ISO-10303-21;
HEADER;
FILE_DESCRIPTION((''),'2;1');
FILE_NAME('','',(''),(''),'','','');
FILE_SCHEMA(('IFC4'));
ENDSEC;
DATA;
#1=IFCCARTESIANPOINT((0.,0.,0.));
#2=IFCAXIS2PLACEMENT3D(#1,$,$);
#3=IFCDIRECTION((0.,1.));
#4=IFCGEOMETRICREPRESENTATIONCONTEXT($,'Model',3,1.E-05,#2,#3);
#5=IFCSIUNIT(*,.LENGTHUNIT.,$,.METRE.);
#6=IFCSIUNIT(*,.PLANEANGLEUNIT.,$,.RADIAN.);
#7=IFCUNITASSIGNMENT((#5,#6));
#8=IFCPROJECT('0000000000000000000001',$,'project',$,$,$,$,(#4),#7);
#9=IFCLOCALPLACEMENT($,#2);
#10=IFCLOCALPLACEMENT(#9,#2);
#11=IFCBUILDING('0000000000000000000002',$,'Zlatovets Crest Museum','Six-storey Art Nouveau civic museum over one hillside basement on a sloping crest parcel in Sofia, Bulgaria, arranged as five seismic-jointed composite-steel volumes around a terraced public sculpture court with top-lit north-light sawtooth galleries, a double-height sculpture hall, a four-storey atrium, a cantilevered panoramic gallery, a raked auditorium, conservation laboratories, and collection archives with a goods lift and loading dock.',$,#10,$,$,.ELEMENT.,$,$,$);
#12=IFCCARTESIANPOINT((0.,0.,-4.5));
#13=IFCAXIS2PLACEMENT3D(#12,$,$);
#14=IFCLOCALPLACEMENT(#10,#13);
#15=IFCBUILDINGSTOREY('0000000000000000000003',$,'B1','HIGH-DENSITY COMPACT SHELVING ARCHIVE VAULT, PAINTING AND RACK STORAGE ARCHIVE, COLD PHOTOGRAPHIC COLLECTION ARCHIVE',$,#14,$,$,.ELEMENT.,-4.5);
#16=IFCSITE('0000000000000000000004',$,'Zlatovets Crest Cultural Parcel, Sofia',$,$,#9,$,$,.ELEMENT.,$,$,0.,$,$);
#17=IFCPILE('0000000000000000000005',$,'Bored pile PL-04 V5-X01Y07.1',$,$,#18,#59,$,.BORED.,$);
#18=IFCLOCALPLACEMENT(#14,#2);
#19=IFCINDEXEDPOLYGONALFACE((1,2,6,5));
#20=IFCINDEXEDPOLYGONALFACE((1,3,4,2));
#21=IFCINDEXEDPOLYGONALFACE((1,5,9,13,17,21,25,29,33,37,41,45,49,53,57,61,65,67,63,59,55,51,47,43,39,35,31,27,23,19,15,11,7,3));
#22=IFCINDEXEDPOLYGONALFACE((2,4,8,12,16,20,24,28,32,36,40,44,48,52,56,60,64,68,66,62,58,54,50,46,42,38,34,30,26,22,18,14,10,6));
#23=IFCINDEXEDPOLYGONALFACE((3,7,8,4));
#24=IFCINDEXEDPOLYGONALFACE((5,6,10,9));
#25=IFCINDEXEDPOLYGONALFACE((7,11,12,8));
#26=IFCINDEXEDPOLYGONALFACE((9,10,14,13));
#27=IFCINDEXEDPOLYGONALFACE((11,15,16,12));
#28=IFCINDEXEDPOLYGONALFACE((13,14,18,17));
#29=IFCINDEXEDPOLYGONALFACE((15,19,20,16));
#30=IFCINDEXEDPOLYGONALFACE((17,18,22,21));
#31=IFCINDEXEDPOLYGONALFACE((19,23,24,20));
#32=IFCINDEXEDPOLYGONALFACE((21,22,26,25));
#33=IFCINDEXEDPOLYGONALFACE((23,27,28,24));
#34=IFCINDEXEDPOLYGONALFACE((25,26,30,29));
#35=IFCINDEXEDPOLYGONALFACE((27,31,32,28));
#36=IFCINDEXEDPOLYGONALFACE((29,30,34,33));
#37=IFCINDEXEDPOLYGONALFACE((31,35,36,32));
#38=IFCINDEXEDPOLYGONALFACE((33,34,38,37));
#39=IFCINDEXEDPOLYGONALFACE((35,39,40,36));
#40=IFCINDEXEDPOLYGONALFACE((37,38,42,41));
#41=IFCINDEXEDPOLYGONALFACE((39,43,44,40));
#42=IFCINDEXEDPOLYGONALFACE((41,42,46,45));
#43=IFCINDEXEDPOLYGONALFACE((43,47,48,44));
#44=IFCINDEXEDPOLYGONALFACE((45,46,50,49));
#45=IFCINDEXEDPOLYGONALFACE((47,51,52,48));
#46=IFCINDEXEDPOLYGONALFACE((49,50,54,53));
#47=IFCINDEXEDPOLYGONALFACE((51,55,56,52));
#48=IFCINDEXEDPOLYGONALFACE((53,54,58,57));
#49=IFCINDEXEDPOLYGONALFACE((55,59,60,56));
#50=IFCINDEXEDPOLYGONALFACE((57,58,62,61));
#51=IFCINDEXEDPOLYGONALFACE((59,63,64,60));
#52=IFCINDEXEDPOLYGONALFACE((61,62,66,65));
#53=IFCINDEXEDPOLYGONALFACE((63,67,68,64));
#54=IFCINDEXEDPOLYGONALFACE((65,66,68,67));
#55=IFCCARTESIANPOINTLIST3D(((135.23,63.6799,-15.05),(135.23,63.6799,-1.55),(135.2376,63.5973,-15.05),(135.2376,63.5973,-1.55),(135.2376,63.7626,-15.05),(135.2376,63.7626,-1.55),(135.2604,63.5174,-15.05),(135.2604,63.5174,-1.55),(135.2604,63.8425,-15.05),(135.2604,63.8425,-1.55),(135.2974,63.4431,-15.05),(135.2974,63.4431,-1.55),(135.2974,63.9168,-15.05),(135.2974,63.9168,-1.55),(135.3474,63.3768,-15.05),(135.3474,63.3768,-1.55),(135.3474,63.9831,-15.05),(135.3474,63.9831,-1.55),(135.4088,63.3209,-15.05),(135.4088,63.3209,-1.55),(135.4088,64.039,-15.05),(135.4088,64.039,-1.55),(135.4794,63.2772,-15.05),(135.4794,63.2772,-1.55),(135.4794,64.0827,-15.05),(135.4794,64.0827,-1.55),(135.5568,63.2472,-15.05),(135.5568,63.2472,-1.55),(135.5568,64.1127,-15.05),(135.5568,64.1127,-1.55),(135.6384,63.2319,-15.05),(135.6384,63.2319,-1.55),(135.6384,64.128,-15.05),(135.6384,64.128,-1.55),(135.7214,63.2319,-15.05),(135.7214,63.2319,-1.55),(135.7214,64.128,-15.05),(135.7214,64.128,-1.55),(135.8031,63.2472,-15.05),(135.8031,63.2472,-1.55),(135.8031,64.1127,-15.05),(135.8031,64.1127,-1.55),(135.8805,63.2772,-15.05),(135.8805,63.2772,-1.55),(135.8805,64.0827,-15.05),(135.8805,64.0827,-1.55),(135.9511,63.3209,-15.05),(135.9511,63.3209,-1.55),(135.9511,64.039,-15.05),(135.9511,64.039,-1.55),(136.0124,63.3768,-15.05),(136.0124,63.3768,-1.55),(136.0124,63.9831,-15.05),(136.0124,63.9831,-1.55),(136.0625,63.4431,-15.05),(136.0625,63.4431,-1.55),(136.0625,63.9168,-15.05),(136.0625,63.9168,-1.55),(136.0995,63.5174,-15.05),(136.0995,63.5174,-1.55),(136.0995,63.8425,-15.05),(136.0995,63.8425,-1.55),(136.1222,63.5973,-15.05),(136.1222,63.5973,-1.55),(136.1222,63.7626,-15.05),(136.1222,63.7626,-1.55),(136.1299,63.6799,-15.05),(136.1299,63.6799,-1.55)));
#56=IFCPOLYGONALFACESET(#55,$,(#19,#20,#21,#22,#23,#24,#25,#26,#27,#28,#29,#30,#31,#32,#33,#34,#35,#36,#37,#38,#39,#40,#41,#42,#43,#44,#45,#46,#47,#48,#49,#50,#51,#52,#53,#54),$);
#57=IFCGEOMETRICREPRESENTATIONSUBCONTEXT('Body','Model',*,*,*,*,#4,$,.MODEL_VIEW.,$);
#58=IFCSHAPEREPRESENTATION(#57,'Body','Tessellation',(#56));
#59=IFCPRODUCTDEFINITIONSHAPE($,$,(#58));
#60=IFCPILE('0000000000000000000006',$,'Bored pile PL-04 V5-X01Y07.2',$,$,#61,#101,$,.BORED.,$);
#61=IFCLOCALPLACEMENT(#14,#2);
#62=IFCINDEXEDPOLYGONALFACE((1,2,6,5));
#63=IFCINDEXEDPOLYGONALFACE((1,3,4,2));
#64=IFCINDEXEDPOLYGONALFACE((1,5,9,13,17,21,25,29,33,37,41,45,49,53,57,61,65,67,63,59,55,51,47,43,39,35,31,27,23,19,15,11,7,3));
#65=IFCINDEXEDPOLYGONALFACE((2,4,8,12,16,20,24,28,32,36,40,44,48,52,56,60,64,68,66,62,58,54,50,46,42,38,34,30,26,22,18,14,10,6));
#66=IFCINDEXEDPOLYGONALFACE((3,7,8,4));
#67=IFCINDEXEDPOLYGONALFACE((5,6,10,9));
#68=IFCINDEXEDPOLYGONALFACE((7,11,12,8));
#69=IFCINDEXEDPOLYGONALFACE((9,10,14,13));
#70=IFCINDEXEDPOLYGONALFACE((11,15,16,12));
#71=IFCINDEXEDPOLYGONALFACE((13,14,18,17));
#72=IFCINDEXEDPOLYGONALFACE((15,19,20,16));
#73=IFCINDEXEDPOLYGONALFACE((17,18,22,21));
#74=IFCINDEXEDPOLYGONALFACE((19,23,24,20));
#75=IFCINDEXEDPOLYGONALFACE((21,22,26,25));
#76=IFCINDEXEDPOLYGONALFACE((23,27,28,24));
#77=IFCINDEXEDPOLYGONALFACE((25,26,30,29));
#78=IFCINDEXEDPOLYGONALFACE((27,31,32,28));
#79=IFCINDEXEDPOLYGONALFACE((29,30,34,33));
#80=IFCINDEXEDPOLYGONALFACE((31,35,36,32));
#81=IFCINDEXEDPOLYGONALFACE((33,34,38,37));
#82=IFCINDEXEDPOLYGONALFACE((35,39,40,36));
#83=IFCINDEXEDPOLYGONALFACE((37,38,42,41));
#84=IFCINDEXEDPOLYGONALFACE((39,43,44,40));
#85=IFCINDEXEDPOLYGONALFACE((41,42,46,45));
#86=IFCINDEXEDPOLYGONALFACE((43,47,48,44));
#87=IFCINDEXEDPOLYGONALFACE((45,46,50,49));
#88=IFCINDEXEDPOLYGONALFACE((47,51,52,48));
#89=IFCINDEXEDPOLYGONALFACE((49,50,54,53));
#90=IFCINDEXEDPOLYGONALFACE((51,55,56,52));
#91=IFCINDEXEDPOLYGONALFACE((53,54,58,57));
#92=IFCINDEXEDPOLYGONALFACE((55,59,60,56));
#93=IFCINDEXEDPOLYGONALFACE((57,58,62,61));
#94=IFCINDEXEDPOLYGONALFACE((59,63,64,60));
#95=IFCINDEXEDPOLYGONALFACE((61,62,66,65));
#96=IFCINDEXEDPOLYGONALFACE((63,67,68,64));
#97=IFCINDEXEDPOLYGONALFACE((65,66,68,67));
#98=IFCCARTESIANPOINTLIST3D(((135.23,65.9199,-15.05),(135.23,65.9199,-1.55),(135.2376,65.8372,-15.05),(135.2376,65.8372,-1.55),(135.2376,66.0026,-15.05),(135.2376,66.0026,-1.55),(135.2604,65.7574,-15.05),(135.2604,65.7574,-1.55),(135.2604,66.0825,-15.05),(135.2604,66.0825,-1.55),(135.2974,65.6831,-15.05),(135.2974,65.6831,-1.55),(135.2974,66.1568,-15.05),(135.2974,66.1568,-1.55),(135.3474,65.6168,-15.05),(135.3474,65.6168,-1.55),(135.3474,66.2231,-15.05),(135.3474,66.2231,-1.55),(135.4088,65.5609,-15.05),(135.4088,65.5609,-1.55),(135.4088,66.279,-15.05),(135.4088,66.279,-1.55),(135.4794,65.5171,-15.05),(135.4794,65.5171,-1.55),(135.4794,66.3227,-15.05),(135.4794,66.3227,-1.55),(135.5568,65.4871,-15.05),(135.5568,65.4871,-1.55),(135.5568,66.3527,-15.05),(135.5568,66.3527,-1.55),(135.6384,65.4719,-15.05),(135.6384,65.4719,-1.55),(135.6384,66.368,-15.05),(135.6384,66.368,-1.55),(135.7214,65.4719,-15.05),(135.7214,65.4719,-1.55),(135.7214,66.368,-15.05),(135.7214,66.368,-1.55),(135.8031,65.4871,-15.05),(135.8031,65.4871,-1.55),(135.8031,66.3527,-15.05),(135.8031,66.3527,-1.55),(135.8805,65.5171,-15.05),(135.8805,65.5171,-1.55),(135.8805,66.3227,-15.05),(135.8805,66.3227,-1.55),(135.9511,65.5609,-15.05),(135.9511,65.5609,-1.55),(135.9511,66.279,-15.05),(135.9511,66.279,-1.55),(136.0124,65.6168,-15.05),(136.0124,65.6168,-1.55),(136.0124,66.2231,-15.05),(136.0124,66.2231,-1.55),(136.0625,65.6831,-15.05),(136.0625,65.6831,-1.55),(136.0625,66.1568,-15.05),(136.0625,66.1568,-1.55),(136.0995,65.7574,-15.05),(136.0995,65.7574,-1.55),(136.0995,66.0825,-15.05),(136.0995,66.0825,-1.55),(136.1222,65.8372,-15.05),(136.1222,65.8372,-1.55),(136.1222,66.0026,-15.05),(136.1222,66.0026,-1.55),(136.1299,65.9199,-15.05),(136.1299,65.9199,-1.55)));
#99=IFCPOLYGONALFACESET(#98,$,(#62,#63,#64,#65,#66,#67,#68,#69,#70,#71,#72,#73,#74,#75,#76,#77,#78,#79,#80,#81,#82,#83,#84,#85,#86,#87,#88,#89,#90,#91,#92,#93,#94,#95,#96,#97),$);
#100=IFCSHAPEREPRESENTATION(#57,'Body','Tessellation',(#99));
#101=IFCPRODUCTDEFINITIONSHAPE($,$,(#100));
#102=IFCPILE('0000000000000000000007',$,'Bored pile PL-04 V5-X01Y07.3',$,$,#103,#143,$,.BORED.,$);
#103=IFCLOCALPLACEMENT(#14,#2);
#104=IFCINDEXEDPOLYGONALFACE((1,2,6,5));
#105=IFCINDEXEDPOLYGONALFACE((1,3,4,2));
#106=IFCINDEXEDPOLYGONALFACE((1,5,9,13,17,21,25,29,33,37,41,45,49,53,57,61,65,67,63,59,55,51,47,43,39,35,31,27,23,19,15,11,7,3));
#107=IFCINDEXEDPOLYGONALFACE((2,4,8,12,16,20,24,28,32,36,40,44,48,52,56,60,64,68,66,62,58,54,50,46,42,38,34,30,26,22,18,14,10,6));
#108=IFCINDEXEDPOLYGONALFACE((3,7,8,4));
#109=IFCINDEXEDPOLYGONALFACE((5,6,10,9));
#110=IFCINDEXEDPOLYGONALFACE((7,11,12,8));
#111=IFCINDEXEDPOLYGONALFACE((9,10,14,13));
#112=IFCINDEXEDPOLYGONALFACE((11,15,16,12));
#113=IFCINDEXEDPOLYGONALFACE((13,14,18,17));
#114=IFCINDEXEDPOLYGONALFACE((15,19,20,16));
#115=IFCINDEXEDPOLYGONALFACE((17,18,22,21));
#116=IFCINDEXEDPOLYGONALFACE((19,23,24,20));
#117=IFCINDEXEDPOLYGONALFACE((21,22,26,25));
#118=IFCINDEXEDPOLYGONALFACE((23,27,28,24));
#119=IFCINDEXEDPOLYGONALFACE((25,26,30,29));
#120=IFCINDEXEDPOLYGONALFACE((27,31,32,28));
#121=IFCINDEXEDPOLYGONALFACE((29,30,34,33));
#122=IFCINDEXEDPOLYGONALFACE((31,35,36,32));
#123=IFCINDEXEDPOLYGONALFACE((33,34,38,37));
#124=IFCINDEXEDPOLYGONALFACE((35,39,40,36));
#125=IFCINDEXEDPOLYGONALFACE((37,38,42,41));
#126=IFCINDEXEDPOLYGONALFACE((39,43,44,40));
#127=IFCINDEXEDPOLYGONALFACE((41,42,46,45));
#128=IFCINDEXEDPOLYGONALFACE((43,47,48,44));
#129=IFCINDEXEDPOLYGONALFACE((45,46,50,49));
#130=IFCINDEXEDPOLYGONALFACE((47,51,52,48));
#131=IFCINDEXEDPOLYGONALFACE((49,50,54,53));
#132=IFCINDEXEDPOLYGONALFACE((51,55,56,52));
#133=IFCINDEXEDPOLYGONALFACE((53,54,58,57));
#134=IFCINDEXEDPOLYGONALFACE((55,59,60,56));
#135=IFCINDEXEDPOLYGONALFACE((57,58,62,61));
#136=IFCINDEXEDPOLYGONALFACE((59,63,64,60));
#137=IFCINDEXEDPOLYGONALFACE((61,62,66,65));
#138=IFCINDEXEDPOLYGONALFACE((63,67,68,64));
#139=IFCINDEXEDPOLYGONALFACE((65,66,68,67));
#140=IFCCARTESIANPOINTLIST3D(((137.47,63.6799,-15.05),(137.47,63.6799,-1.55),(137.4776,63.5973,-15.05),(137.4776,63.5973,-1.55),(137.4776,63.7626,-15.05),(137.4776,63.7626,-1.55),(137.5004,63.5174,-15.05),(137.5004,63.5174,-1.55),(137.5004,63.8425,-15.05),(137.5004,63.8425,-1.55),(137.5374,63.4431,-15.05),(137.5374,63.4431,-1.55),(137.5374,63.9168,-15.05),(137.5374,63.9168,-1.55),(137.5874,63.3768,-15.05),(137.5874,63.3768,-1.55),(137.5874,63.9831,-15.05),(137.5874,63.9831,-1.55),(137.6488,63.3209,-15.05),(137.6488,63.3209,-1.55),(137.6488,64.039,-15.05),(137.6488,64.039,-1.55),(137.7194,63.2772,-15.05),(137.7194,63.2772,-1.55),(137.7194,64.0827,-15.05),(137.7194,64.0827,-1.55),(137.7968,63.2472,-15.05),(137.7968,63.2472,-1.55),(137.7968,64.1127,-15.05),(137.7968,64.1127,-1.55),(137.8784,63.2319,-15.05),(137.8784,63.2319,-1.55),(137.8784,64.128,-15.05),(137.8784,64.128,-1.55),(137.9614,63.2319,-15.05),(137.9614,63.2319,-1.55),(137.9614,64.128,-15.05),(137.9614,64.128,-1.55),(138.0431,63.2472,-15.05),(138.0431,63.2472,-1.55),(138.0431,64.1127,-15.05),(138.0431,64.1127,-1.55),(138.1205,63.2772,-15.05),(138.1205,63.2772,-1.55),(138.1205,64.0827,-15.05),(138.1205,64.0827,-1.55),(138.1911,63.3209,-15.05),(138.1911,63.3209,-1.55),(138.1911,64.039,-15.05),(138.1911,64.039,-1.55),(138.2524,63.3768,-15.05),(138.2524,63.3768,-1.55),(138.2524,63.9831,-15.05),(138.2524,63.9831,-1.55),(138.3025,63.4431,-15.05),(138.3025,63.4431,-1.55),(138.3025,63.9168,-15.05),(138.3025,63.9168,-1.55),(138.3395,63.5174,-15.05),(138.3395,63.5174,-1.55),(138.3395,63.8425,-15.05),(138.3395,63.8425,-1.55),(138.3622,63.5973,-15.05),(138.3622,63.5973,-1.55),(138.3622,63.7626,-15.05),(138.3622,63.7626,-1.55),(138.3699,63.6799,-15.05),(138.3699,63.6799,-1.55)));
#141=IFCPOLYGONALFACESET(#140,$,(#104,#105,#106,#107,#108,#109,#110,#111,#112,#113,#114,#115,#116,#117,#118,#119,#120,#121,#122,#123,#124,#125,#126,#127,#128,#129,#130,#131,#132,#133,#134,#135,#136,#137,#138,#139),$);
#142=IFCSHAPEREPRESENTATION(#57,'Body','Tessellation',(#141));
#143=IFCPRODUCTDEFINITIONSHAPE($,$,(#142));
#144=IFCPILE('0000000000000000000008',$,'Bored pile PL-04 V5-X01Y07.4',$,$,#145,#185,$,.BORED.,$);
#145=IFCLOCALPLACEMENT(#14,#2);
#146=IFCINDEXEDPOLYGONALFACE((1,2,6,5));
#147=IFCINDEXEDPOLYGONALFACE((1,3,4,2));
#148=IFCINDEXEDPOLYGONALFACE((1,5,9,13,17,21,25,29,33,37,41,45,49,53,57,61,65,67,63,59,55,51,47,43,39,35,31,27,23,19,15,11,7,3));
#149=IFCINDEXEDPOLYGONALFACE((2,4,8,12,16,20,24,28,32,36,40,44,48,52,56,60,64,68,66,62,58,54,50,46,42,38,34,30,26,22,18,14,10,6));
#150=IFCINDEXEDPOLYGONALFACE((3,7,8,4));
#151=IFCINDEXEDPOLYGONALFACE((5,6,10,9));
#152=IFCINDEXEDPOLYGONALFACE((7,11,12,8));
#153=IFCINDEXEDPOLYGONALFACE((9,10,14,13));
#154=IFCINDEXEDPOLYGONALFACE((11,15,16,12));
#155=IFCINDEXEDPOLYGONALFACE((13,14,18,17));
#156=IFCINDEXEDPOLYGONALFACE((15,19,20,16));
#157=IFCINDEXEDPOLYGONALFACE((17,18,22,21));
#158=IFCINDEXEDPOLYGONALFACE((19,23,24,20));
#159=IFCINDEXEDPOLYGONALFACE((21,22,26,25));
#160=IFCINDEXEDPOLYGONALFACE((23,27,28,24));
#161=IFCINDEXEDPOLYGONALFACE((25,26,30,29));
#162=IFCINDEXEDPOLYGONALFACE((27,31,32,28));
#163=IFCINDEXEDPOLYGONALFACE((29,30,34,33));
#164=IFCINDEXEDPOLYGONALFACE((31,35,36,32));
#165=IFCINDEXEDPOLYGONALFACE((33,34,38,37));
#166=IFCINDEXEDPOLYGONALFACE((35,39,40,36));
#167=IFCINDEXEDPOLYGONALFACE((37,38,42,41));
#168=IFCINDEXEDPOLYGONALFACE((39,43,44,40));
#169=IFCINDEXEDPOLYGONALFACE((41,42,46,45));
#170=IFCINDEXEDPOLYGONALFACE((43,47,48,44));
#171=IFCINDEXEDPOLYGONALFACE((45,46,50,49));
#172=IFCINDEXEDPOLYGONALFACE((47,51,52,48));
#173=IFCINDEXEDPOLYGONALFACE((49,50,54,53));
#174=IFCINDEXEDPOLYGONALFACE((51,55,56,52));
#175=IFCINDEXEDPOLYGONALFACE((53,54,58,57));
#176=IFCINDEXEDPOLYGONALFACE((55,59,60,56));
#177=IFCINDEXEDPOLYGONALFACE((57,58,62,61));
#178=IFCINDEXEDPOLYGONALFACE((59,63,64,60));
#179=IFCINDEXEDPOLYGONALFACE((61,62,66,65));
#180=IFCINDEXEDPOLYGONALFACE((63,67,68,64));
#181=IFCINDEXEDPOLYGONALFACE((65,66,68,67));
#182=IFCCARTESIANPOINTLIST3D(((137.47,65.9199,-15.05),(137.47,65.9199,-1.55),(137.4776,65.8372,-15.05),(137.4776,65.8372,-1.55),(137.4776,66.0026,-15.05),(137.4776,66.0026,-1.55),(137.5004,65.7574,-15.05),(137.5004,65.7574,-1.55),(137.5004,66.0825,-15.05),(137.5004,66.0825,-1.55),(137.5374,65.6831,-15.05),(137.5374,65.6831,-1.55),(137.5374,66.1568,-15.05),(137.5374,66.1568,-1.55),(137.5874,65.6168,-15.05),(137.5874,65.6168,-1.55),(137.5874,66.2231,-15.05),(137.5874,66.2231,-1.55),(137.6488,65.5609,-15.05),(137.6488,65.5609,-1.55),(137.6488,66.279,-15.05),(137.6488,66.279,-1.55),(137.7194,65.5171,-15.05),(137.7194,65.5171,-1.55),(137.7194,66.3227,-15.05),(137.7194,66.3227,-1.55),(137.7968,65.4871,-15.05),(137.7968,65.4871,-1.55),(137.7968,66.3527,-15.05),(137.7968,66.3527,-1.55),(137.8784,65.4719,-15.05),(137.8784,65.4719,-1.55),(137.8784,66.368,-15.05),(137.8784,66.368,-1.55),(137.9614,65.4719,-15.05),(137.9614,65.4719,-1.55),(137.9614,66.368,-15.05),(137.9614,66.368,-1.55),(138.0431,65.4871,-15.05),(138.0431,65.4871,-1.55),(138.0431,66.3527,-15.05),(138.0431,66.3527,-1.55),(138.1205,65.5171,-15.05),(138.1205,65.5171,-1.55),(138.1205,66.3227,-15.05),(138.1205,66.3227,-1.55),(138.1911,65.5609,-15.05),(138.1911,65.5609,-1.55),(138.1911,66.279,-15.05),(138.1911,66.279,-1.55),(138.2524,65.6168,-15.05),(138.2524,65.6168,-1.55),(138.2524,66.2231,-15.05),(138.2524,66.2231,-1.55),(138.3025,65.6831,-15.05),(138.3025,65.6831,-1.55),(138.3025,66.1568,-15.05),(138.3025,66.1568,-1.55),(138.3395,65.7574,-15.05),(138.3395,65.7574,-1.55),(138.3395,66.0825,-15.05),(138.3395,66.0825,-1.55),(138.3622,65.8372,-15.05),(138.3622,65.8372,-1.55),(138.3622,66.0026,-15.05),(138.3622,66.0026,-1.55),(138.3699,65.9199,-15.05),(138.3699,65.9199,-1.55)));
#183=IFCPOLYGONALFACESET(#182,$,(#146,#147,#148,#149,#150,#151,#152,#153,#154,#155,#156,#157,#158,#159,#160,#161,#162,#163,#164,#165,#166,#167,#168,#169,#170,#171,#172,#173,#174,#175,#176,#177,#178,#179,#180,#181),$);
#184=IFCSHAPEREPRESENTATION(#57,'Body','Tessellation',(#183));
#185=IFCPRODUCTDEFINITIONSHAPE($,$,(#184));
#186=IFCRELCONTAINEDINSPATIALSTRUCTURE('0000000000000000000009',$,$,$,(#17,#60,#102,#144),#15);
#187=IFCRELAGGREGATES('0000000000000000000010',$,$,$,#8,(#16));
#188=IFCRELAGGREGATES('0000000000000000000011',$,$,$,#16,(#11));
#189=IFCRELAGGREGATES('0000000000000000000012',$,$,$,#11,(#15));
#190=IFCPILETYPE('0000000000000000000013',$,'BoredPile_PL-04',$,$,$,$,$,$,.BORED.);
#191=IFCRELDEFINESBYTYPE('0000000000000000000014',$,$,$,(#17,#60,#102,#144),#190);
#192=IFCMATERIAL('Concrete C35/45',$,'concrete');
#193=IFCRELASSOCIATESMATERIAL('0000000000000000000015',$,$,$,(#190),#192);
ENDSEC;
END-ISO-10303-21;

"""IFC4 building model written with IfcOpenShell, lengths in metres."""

from ifc_helpers import new_model, si_unit, direction, frame, origin, origin_2d, place, context, subcontext, project, spatial, circle, extrude, material, material_profile, profile_set, type_object, element, save


model = new_model("IFC4")

# Units and contexts
model_context = context("Model", 3, precision=1e-05, world=origin(), true_north=direction((0.0, 1.0)))
body_context = subcontext(model_context, "Body", "Model", "MODEL_VIEW")
ifc_project = project(units=[si_unit("LENGTHUNIT", "METRE"), si_unit("PLANEANGLEUNIT", "RADIAN")], contexts=[model_context])

# Site, building, storey
site_placement = place(None, origin())
site = spatial("IfcSite", under=ifc_project, at=site_placement, Name="Zlatovets Crest Cultural Parcel, Sofia", CompositionType="ELEMENT", RefElevation=0.0)
building_placement = place(site_placement, origin())
building = spatial("IfcBuilding", under=site, at=building_placement, Name="Zlatovets Crest Museum", Description="Six-storey Art Nouveau civic museum over one hillside basement on a sloping crest parcel in Sofia, Bulgaria, arranged as five seismic-jointed composite-steel volumes around a terraced public sculpture court with top-lit north-light sawtooth galleries, a double-height sculpture hall, a four-storey atrium, a cantilevered panoramic gallery, a raked auditorium, conservation laboratories, and collection archives with a goods lift and loading dock.", CompositionType="ELEMENT")
storey_placement = place(building_placement, frame((0.0, 0.0, -4.5)))
storey = spatial("IfcBuildingStorey", under=building, at=storey_placement, Name="B1", Description="HIGH-DENSITY COMPACT SHELVING ARCHIVE VAULT, PAINTING AND RACK STORAGE ARCHIVE, COLD PHOTOGRAPHIC COLLECTION ARCHIVE", CompositionType="ELEMENT", Elevation=-4.5)

# Piles
ifc_material = material(Name="Concrete C35/45", Category="concrete")
ifc_material_profile_1 = material_profile(ifc_material, circle(Radius=0.45, at=origin_2d()), Name="PILE D900")
ifc_profile_set_1 = profile_set([ifc_material_profile_1], Name="Concrete C35/45")
pile_type = type_object("IfcPileType", Name="BoredPile_PL-04", PredefinedType="BORED", material=ifc_profile_set_1)
for number, where, z_axis, x_axis, name in (
    (1, (135.6799, 63.6799, -1.55), (0.0, 0.0, -1.0), (1.0, 0.0, 0.0), "Bored pile PL-04 V5-X01Y07.1"),
    (2, (135.6799, 65.9199, -1.55), (0.0, 0.0, -1.0), (1.0, 0.0, 0.0), "Bored pile PL-04 V5-X01Y07.2"),
    (3, (137.9199, 63.6799, -1.55), (0.0, 0.0, -1.0), (1.0, 0.0, 0.0), "Bored pile PL-04 V5-X01Y07.3"),
    (4, (137.9199, 65.9199, -1.55), (0.0, 0.0, -1.0), (1.0, 0.0, 0.0), "Bored pile PL-04 V5-X01Y07.4"),
):
    element("IfcPile", number, at=place(storey_placement, frame(where, z_axis=z_axis, x_axis=x_axis)), inside=storey, type_object=pile_type, Name=name, PredefinedType="BORED", context=body_context, shape_type="SweptSolid", body=[
        extrude(circle(Radius=0.45, at=origin_2d()), origin(), (0.0, 0.0, 1.0), 13.5),
    ])

save(model, "model.ifc")
